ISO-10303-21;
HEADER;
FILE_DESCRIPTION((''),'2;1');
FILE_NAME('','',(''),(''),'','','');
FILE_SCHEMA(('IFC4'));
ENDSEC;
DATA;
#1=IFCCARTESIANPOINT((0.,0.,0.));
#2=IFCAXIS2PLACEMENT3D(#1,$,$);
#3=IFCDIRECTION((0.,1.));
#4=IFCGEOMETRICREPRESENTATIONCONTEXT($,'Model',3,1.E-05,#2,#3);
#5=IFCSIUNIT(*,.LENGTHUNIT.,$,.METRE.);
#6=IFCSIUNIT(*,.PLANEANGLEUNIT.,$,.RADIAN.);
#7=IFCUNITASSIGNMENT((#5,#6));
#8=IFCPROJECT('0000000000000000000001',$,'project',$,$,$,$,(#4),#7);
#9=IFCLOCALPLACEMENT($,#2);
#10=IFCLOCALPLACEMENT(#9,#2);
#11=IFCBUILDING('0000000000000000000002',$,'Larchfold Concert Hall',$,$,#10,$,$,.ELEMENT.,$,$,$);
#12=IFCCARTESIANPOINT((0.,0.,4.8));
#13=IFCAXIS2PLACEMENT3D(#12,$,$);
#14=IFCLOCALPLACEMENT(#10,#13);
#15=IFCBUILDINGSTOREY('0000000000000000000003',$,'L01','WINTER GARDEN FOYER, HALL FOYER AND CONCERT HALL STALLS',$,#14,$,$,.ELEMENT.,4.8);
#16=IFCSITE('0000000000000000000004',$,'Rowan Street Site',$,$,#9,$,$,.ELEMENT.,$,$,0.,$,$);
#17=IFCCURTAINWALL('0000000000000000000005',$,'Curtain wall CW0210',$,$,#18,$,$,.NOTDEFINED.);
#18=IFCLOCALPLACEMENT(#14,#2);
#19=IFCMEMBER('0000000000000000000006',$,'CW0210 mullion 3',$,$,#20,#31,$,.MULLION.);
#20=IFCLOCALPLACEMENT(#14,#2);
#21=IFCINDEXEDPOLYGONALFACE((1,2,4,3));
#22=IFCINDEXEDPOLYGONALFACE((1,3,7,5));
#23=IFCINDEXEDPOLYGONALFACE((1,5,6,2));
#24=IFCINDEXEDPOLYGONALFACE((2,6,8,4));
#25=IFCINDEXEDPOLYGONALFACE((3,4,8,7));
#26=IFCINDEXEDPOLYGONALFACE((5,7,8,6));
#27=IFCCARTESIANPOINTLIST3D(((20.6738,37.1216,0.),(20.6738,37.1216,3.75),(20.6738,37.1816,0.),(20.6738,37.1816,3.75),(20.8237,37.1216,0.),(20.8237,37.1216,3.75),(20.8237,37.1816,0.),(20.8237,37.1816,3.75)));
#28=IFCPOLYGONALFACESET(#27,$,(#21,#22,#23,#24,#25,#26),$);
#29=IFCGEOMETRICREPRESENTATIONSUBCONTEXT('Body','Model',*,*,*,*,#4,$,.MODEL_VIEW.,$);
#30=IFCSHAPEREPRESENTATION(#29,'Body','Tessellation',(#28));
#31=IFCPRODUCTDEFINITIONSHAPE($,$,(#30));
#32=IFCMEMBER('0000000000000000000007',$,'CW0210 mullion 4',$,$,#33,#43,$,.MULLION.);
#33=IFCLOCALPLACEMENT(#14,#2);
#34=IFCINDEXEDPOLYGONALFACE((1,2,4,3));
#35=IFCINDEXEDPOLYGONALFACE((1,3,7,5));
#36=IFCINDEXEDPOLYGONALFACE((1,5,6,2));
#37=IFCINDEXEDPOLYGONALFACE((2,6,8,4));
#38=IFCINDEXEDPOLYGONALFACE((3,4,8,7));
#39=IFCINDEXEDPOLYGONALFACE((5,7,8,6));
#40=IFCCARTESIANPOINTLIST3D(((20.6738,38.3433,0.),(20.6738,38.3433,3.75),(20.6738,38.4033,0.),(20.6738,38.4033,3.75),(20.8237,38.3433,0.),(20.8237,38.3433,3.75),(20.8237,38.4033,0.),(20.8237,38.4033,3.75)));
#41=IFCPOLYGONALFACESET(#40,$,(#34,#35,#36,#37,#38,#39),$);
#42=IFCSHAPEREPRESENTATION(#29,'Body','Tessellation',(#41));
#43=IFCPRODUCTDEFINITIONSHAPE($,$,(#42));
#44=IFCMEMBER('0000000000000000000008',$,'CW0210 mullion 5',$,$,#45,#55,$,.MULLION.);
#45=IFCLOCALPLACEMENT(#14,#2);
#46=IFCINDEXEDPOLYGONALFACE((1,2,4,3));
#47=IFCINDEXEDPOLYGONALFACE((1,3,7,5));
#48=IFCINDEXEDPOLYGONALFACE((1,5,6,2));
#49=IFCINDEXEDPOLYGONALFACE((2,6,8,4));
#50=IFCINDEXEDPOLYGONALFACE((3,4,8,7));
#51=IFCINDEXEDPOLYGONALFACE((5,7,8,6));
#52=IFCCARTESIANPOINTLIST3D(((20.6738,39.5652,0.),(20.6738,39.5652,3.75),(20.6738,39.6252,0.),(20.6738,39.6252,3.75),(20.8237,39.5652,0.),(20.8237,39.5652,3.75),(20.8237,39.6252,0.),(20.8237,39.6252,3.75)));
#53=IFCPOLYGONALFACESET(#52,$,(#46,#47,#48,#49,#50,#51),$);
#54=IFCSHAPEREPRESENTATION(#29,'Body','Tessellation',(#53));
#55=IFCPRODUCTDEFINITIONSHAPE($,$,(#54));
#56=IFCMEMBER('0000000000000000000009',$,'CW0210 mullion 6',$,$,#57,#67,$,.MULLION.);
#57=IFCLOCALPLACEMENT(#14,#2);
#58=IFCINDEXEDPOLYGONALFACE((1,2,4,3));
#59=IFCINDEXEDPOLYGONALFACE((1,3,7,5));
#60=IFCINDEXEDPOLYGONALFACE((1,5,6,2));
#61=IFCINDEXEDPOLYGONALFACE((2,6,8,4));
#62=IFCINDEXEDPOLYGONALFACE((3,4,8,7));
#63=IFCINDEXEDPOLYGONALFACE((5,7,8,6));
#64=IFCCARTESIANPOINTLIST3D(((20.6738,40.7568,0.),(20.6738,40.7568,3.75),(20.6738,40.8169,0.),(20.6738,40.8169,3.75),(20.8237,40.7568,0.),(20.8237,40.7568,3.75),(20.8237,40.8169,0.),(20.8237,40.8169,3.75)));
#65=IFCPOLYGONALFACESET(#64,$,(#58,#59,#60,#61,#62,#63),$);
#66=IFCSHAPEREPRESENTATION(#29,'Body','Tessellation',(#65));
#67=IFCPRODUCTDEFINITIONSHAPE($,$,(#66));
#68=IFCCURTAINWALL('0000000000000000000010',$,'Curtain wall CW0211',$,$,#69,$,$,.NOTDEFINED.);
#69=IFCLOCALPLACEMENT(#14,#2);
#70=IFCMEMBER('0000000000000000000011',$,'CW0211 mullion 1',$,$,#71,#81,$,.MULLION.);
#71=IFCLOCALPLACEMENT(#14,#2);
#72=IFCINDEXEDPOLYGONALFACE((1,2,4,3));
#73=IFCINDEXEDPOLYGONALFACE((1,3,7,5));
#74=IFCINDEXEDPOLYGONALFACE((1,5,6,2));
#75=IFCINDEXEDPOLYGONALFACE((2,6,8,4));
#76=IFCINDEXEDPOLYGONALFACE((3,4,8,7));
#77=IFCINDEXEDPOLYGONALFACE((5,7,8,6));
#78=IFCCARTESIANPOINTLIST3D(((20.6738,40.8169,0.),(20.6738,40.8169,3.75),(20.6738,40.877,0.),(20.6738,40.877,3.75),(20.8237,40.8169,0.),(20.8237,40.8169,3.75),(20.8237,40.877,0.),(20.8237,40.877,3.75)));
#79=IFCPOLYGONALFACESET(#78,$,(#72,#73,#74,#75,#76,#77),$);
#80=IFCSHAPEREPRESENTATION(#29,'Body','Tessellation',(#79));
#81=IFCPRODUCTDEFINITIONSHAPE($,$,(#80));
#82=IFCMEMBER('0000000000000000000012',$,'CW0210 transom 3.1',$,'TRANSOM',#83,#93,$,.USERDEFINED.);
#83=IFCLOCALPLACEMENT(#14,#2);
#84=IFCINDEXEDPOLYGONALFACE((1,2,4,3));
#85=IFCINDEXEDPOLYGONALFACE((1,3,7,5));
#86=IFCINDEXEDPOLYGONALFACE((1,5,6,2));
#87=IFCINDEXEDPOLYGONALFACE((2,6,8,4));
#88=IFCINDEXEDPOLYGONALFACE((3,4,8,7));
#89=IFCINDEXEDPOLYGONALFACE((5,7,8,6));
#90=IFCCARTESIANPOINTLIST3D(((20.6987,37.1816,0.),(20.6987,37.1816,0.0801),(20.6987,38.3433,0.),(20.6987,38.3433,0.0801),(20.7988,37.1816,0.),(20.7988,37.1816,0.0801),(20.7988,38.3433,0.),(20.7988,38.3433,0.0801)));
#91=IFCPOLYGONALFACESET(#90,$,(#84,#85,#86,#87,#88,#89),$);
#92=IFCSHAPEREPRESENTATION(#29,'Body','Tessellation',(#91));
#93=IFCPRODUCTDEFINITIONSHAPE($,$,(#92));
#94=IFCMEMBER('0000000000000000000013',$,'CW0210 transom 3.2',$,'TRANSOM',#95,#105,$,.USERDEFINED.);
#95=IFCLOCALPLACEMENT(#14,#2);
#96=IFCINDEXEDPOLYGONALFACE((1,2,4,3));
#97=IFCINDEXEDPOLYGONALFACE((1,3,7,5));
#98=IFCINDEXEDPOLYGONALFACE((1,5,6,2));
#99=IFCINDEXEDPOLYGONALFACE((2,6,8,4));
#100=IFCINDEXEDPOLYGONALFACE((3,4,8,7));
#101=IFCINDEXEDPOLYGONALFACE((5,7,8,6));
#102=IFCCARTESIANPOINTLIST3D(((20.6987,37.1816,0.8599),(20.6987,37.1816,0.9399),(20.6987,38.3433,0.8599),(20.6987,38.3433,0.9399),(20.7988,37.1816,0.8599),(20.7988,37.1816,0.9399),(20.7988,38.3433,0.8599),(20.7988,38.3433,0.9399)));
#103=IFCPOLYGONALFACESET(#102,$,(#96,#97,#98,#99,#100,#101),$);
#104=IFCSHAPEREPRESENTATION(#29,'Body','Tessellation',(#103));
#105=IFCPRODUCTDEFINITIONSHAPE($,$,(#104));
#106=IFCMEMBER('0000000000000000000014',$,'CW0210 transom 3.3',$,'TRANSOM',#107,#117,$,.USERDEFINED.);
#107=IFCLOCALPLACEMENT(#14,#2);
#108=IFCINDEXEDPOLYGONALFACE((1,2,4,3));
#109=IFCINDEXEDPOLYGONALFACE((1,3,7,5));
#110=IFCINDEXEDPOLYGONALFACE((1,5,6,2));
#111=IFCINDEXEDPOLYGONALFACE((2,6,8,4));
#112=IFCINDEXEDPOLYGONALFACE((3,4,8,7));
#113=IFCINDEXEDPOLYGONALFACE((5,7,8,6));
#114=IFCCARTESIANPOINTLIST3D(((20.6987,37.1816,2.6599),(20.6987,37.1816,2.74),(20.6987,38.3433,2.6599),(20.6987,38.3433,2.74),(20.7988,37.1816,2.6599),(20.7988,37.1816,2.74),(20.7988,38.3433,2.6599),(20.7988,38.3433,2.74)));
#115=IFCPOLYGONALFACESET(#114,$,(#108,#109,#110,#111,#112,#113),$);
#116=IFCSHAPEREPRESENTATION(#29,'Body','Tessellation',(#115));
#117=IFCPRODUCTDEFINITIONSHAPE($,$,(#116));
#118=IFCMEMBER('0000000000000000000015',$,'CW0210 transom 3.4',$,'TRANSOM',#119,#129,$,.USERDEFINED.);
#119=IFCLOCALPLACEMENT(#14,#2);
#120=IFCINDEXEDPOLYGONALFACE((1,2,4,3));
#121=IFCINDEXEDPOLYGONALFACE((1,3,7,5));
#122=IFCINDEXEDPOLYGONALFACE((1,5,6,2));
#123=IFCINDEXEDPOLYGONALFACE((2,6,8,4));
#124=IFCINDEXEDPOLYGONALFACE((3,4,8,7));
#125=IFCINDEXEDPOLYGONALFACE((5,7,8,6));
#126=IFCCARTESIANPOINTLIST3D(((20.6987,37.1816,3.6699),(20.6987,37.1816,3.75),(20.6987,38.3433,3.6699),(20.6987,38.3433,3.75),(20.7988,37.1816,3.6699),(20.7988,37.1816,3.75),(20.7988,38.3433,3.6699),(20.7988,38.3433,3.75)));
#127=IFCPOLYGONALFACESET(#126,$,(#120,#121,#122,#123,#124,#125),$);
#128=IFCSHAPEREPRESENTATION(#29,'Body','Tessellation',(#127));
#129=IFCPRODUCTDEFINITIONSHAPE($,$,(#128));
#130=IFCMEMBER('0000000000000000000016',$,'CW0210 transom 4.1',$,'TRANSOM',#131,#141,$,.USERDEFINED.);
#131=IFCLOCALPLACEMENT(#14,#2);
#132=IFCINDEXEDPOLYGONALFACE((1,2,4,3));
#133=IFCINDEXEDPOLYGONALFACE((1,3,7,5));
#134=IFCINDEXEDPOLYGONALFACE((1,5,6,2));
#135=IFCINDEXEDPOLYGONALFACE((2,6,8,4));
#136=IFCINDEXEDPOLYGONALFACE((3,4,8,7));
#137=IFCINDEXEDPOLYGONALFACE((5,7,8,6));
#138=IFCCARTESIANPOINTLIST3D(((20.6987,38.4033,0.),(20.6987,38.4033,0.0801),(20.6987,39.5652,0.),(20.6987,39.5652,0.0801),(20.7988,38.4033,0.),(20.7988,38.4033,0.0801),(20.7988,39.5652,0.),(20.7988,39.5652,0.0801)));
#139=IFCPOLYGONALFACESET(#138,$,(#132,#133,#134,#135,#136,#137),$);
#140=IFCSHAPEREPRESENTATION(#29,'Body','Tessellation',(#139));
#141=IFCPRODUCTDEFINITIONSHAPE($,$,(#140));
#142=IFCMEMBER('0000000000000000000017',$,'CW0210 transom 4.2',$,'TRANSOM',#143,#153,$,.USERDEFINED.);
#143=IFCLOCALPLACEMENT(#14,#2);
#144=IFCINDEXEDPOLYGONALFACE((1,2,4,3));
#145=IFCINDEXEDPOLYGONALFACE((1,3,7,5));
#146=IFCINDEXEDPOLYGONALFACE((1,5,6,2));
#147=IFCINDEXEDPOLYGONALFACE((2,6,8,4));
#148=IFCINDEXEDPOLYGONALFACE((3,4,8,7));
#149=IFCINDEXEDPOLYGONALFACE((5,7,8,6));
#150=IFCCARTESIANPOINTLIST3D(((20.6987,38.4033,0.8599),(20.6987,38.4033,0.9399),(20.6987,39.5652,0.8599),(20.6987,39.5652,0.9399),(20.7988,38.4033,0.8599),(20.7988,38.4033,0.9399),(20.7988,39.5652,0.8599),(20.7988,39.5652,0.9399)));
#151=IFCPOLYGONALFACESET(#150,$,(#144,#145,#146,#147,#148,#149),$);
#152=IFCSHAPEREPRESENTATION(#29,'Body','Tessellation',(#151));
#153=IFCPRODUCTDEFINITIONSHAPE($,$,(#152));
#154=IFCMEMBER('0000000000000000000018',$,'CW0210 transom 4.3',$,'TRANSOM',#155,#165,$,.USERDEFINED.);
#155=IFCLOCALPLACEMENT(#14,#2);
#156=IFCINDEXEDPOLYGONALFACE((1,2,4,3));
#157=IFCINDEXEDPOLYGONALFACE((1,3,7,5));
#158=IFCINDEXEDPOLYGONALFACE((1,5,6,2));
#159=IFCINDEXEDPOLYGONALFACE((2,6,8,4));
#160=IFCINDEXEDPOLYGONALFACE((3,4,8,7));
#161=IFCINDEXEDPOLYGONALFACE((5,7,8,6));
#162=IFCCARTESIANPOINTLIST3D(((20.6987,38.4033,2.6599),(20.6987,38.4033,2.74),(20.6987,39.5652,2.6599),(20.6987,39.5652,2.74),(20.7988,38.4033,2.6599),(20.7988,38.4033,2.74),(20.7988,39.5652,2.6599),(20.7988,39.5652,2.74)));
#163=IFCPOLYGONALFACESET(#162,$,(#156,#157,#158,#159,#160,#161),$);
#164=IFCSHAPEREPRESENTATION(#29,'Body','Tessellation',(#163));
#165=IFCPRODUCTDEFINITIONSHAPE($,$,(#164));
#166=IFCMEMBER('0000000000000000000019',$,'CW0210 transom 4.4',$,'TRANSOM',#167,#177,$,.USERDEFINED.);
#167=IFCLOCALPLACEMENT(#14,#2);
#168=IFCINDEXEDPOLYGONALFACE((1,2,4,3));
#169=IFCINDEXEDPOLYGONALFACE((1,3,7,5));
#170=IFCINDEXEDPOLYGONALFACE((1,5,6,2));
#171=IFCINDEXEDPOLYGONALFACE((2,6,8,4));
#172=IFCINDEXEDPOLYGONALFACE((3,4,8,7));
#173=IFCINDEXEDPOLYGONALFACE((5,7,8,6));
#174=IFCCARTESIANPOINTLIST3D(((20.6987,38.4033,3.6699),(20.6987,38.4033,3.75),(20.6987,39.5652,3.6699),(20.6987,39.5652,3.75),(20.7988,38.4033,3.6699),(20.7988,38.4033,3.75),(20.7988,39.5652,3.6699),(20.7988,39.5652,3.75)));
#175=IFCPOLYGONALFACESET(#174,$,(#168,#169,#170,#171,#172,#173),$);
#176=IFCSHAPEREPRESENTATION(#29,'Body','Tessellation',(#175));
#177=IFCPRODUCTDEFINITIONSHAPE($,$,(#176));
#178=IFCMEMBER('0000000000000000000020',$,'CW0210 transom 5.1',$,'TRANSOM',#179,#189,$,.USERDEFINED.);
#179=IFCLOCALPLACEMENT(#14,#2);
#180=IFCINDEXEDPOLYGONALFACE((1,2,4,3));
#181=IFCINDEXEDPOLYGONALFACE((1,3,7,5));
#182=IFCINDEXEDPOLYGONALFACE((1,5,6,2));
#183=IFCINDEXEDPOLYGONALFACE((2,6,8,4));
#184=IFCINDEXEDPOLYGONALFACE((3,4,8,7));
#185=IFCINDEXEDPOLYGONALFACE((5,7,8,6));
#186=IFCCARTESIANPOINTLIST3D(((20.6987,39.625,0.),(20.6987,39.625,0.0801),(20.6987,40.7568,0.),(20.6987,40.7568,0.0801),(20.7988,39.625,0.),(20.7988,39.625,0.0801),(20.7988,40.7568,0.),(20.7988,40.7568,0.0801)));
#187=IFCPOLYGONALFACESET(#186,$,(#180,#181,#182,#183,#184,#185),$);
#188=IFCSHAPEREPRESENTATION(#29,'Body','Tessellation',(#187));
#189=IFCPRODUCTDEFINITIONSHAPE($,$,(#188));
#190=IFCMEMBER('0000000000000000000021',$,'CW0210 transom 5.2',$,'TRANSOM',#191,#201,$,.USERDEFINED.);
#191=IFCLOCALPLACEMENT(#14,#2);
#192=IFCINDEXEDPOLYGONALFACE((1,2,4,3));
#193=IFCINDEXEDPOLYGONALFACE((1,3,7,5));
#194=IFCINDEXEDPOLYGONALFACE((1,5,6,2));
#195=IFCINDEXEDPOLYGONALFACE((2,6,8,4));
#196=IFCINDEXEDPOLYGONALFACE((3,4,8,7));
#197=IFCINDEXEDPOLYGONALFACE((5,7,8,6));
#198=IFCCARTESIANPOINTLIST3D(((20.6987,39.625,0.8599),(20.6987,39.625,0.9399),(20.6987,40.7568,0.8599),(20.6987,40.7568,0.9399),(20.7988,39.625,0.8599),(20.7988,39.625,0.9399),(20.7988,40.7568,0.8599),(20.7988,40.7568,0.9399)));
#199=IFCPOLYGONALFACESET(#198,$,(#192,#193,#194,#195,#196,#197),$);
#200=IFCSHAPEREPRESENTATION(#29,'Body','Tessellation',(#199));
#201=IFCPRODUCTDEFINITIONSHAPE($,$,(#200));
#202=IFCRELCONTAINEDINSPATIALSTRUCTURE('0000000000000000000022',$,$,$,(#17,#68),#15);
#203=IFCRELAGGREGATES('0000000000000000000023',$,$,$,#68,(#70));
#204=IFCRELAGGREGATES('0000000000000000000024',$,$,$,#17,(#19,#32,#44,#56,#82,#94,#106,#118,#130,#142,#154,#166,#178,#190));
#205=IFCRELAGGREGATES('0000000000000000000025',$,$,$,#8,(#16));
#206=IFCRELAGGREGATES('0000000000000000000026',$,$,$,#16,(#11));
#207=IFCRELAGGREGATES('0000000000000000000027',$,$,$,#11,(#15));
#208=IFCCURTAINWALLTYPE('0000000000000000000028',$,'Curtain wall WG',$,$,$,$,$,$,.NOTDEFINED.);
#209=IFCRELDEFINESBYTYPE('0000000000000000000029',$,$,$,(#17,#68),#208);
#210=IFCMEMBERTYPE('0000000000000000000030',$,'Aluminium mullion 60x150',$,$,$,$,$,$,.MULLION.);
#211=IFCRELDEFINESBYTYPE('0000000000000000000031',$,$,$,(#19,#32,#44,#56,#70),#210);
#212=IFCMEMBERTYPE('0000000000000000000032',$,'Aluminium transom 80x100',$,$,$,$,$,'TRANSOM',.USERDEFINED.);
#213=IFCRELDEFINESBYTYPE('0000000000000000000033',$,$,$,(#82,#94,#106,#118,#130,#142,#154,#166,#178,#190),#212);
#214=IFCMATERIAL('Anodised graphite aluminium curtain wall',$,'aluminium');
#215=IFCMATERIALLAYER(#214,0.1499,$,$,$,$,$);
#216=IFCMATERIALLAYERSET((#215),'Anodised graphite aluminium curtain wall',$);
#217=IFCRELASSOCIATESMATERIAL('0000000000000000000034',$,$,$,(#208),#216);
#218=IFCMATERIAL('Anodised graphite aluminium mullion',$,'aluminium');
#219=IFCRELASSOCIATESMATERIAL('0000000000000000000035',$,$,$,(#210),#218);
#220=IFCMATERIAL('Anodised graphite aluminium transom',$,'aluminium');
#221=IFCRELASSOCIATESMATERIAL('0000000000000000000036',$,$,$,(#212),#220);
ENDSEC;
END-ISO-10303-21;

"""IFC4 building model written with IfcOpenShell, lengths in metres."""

from ifc_helpers import new_model, si_unit, direction, frame, origin, origin_2d, place, context, subcontext, project, spatial, rectangle, extrude, material, layer, layer_set, material_profile, profile_set, type_object, element, aggregate, save


model = new_model("IFC4")

# Units and contexts
model_context = context("Model", 3, precision=1e-05, world=origin(), true_north=direction((0.0, 1.0)))
body_context = subcontext(model_context, "Body", "Model", "MODEL_VIEW")
ifc_project = project(units=[si_unit("LENGTHUNIT", "METRE"), si_unit("PLANEANGLEUNIT", "RADIAN")], contexts=[model_context])

# Site, building, storey
site_placement = place(None, origin())
site = spatial("IfcSite", under=ifc_project, at=site_placement, Name="Rowan Street Site", CompositionType="ELEMENT", RefElevation=0.0)
building_placement = place(site_placement, origin())
building = spatial("IfcBuilding", under=site, at=building_placement, Name="Larchfold Concert Hall", CompositionType="ELEMENT")
storey_placement = place(building_placement, frame((0.0, 0.0, 4.8)))
storey = spatial("IfcBuildingStorey", under=building, at=storey_placement, Name="L01", Description="WINTER GARDEN FOYER, HALL FOYER AND CONCERT HALL STALLS", CompositionType="ELEMENT", Elevation=4.8)

# Curtain wall, members
ifc_material_1 = material(Name="Anodised graphite aluminium curtain wall", Category="aluminium")
ifc_layer_1 = layer(ifc_material_1, 0.1499)
ifc_layer_set_1 = layer_set([ifc_layer_1], Name="Anodised graphite aluminium curtain wall")
curtain_wall_type = type_object("IfcCurtainWallType", Name="Curtain wall WG", PredefinedType="NOTDEFINED", material=ifc_layer_set_1)
curtain_wall_1_placement = place(storey_placement, origin())
curtain_wall_1 = element("IfcCurtainWall", 1, at=curtain_wall_1_placement, inside=storey, type_object=curtain_wall_type, Name="Curtain wall CW0210", PredefinedType="NOTDEFINED")
ifc_material_2 = material(Name="Anodised graphite aluminium mullion", Category="aluminium")
ifc_material_profile_1 = material_profile(ifc_material_2, rectangle(XDim=0.1499, YDim=0.0601, at=origin_2d()))
ifc_profile_set_1 = profile_set([ifc_material_profile_1], Name="Anodised graphite aluminium mullion")
member_type_1 = type_object("IfcMemberType", Name="Aluminium mullion 60x150", PredefinedType="MULLION", material=ifc_profile_set_1)
member_1_placement = place(storey_placement, frame((20.7488, 37.1516, 0.0), z_axis=(0.0, 0.0, 1.0), x_axis=(-1.0, 0.0, 0.0)))
member_1 = element("IfcMember", 2, at=member_1_placement, type_object=member_type_1, Name="CW0210 mullion 3", PredefinedType="MULLION", context=body_context, shape_type="SweptSolid", body=[
    extrude(rectangle(XDim=0.1499, YDim=0.0601, at=origin_2d()), origin(), (0.0, 0.0, 1.0), 3.75),
])
member_2_placement = place(storey_placement, frame((20.7488, 38.3733, 0.0), z_axis=(0.0, 0.0, 1.0), x_axis=(-1.0, 0.0, 0.0)))
member_2 = element("IfcMember", 3, at=member_2_placement, type_object=member_type_1, Name="CW0210 mullion 4", PredefinedType="MULLION", context=body_context, shape_type="SweptSolid", body=[
    extrude(rectangle(XDim=0.1499, YDim=0.0601, at=origin_2d()), origin(), (0.0, 0.0, 1.0), 3.75),
])
member_3_placement = place(storey_placement, frame((20.7488, 39.5952, 0.0), z_axis=(0.0, 0.0, 1.0), x_axis=(-1.0, 0.0, 0.0)))
member_3 = element("IfcMember", 4, at=member_3_placement, type_object=member_type_1, Name="CW0210 mullion 5", PredefinedType="MULLION", context=body_context, shape_type="SweptSolid", body=[
    extrude(rectangle(XDim=0.1499, YDim=0.0601, at=origin_2d()), origin(), (0.0, 0.0, 1.0), 3.75),
])
member_4_placement = place(storey_placement, frame((20.7488, 40.7869, 0.0), z_axis=(0.0, 0.0, 1.0), x_axis=(-1.0, 0.0, 0.0)))
member_4 = element("IfcMember", 5, at=member_4_placement, type_object=member_type_1, Name="CW0210 mullion 6", PredefinedType="MULLION", context=body_context, shape_type="SweptSolid", body=[
    extrude(rectangle(XDim=0.1499, YDim=0.0601, at=origin_2d()), origin(), (0.0, 0.0, 1.0), 3.75),
])

# Curtain wall, member
curtain_wall_2_placement = place(storey_placement, origin())
curtain_wall_2 = element("IfcCurtainWall", 6, at=curtain_wall_2_placement, inside=storey, type_object=curtain_wall_type, Name="Curtain wall CW0211", PredefinedType="NOTDEFINED")
member_5_placement = place(storey_placement, frame((20.7488, 40.8469, 0.0), z_axis=(0.0, 0.0, 1.0), x_axis=(-1.0, 0.0, 0.0)))
member_5 = element("IfcMember", 7, at=member_5_placement, type_object=member_type_1, Name="CW0211 mullion 1", PredefinedType="MULLION", context=body_context, shape_type="SweptSolid", body=[
    extrude(rectangle(XDim=0.1499, YDim=0.0601, at=origin_2d()), origin(), (0.0, 0.0, 1.0), 3.75),
])

# Members
ifc_material_3 = material(Name="Anodised graphite aluminium transom", Category="aluminium")
ifc_material_profile_2 = material_profile(ifc_material_3, rectangle(XDim=0.1001, YDim=0.0801, at=origin_2d()))
ifc_profile_set_2 = profile_set([ifc_material_profile_2], Name="Anodised graphite aluminium transom")
member_type_2 = type_object("IfcMemberType", Name="Aluminium transom 80x100", ElementType="TRANSOM", PredefinedType="USERDEFINED", material=ifc_profile_set_2)
member_6_placement = place(storey_placement, frame((20.7488, 37.1816, 0.04), z_axis=(0.0, 1.0, 0.0), x_axis=(-1.0, 0.0, 0.0)))
member_6 = element("IfcMember", 8, at=member_6_placement, type_object=member_type_2, Name="CW0210 transom 3.1", ObjectType="TRANSOM", PredefinedType="USERDEFINED", context=body_context, shape_type="SweptSolid", body=[
    extrude(rectangle(XDim=0.1001, YDim=0.0801, at=origin_2d()), origin(), (0.0, 0.0, 1.0), 1.1616),
])
member_7_placement = place(storey_placement, frame((20.7488, 37.1816, 0.8999), z_axis=(0.0, 1.0, 0.0), x_axis=(-1.0, 0.0, 0.0)))
member_7 = element("IfcMember", 9, at=member_7_placement, type_object=member_type_2, Name="CW0210 transom 3.2", ObjectType="TRANSOM", PredefinedType="USERDEFINED", context=body_context, shape_type="SweptSolid", body=[
    extrude(rectangle(XDim=0.1001, YDim=0.0801, at=origin_2d()), origin(), (0.0, 0.0, 1.0), 1.1616),
])
member_8_placement = place(storey_placement, frame((20.7488, 37.1816, 2.7), z_axis=(0.0, 1.0, 0.0), x_axis=(-1.0, 0.0, 0.0)))
member_8 = element("IfcMember", 10, at=member_8_placement, type_object=member_type_2, Name="CW0210 transom 3.3", ObjectType="TRANSOM", PredefinedType="USERDEFINED", context=body_context, shape_type="SweptSolid", body=[
    extrude(rectangle(XDim=0.1001, YDim=0.0801, at=origin_2d()), origin(), (0.0, 0.0, 1.0), 1.1616),
])
member_9_placement = place(storey_placement, frame((20.7488, 37.1816, 3.71), z_axis=(0.0, 1.0, 0.0), x_axis=(-1.0, 0.0, 0.0)))
member_9 = element("IfcMember", 11, at=member_9_placement, type_object=member_type_2, Name="CW0210 transom 3.4", ObjectType="TRANSOM", PredefinedType="USERDEFINED", context=body_context, shape_type="SweptSolid", body=[
    extrude(rectangle(XDim=0.1001, YDim=0.0801, at=origin_2d()), origin(), (0.0, 0.0, 1.0), 1.1616),
])
member_10_placement = place(storey_placement, frame((20.7488, 38.4033, 0.04), z_axis=(0.0, 1.0, 0.0), x_axis=(-1.0, 0.0, 0.0)))
member_10 = element("IfcMember", 12, at=member_10_placement, type_object=member_type_2, Name="CW0210 transom 4.1", ObjectType="TRANSOM", PredefinedType="USERDEFINED", context=body_context, shape_type="SweptSolid", body=[
    extrude(rectangle(XDim=0.1001, YDim=0.0801, at=origin_2d()), origin(), (0.0, 0.0, 1.0), 1.1619),
])
member_11_placement = place(storey_placement, frame((20.7488, 38.4033, 0.8999), z_axis=(0.0, 1.0, 0.0), x_axis=(-1.0, 0.0, 0.0)))
member_11 = element("IfcMember", 13, at=member_11_placement, type_object=member_type_2, Name="CW0210 transom 4.2", ObjectType="TRANSOM", PredefinedType="USERDEFINED", context=body_context, shape_type="SweptSolid", body=[
    extrude(rectangle(XDim=0.1001, YDim=0.0801, at=origin_2d()), origin(), (0.0, 0.0, 1.0), 1.1619),
])
member_12_placement = place(storey_placement, frame((20.7488, 38.4033, 2.7), z_axis=(0.0, 1.0, 0.0), x_axis=(-1.0, 0.0, 0.0)))
member_12 = element("IfcMember", 14, at=member_12_placement, type_object=member_type_2, Name="CW0210 transom 4.3", ObjectType="TRANSOM", PredefinedType="USERDEFINED", context=body_context, shape_type="SweptSolid", body=[
    extrude(rectangle(XDim=0.1001, YDim=0.0801, at=origin_2d()), origin(), (0.0, 0.0, 1.0), 1.1619),
])
member_13_placement = place(storey_placement, frame((20.7488, 38.4033, 3.71), z_axis=(0.0, 1.0, 0.0), x_axis=(-1.0, 0.0, 0.0)))
member_13 = element("IfcMember", 15, at=member_13_placement, type_object=member_type_2, Name="CW0210 transom 4.4", ObjectType="TRANSOM", PredefinedType="USERDEFINED", context=body_context, shape_type="SweptSolid", body=[
    extrude(rectangle(XDim=0.1001, YDim=0.0801, at=origin_2d()), origin(), (0.0, 0.0, 1.0), 1.1619),
])
member_14_placement = place(storey_placement, frame((20.7488, 39.625, 0.04), z_axis=(0.0, 1.0, 0.0), x_axis=(-1.0, 0.0, 0.0)))
member_14 = element("IfcMember", 16, at=member_14_placement, type_object=member_type_2, Name="CW0210 transom 5.1", ObjectType="TRANSOM", PredefinedType="USERDEFINED", context=body_context, shape_type="SweptSolid", body=[
    extrude(rectangle(XDim=0.1001, YDim=0.0801, at=origin_2d()), origin(), (0.0, 0.0, 1.0), 1.1318),
])
member_15_placement = place(storey_placement, frame((20.7488, 39.625, 0.8999), z_axis=(0.0, 1.0, 0.0), x_axis=(-1.0, 0.0, 0.0)))
member_15 = element("IfcMember", 17, at=member_15_placement, type_object=member_type_2, Name="CW0210 transom 5.2", ObjectType="TRANSOM", PredefinedType="USERDEFINED", context=body_context, shape_type="SweptSolid", body=[
    extrude(rectangle(XDim=0.1001, YDim=0.0801, at=origin_2d()), origin(), (0.0, 0.0, 1.0), 1.1318),
])
aggregate(curtain_wall_2, [member_5])

aggregate(curtain_wall_1, [member_1, member_2, member_3, member_4, member_6, member_7, member_8, member_9, member_10, member_11, member_12, member_13, member_14, member_15])

save(model, "model.ifc")
